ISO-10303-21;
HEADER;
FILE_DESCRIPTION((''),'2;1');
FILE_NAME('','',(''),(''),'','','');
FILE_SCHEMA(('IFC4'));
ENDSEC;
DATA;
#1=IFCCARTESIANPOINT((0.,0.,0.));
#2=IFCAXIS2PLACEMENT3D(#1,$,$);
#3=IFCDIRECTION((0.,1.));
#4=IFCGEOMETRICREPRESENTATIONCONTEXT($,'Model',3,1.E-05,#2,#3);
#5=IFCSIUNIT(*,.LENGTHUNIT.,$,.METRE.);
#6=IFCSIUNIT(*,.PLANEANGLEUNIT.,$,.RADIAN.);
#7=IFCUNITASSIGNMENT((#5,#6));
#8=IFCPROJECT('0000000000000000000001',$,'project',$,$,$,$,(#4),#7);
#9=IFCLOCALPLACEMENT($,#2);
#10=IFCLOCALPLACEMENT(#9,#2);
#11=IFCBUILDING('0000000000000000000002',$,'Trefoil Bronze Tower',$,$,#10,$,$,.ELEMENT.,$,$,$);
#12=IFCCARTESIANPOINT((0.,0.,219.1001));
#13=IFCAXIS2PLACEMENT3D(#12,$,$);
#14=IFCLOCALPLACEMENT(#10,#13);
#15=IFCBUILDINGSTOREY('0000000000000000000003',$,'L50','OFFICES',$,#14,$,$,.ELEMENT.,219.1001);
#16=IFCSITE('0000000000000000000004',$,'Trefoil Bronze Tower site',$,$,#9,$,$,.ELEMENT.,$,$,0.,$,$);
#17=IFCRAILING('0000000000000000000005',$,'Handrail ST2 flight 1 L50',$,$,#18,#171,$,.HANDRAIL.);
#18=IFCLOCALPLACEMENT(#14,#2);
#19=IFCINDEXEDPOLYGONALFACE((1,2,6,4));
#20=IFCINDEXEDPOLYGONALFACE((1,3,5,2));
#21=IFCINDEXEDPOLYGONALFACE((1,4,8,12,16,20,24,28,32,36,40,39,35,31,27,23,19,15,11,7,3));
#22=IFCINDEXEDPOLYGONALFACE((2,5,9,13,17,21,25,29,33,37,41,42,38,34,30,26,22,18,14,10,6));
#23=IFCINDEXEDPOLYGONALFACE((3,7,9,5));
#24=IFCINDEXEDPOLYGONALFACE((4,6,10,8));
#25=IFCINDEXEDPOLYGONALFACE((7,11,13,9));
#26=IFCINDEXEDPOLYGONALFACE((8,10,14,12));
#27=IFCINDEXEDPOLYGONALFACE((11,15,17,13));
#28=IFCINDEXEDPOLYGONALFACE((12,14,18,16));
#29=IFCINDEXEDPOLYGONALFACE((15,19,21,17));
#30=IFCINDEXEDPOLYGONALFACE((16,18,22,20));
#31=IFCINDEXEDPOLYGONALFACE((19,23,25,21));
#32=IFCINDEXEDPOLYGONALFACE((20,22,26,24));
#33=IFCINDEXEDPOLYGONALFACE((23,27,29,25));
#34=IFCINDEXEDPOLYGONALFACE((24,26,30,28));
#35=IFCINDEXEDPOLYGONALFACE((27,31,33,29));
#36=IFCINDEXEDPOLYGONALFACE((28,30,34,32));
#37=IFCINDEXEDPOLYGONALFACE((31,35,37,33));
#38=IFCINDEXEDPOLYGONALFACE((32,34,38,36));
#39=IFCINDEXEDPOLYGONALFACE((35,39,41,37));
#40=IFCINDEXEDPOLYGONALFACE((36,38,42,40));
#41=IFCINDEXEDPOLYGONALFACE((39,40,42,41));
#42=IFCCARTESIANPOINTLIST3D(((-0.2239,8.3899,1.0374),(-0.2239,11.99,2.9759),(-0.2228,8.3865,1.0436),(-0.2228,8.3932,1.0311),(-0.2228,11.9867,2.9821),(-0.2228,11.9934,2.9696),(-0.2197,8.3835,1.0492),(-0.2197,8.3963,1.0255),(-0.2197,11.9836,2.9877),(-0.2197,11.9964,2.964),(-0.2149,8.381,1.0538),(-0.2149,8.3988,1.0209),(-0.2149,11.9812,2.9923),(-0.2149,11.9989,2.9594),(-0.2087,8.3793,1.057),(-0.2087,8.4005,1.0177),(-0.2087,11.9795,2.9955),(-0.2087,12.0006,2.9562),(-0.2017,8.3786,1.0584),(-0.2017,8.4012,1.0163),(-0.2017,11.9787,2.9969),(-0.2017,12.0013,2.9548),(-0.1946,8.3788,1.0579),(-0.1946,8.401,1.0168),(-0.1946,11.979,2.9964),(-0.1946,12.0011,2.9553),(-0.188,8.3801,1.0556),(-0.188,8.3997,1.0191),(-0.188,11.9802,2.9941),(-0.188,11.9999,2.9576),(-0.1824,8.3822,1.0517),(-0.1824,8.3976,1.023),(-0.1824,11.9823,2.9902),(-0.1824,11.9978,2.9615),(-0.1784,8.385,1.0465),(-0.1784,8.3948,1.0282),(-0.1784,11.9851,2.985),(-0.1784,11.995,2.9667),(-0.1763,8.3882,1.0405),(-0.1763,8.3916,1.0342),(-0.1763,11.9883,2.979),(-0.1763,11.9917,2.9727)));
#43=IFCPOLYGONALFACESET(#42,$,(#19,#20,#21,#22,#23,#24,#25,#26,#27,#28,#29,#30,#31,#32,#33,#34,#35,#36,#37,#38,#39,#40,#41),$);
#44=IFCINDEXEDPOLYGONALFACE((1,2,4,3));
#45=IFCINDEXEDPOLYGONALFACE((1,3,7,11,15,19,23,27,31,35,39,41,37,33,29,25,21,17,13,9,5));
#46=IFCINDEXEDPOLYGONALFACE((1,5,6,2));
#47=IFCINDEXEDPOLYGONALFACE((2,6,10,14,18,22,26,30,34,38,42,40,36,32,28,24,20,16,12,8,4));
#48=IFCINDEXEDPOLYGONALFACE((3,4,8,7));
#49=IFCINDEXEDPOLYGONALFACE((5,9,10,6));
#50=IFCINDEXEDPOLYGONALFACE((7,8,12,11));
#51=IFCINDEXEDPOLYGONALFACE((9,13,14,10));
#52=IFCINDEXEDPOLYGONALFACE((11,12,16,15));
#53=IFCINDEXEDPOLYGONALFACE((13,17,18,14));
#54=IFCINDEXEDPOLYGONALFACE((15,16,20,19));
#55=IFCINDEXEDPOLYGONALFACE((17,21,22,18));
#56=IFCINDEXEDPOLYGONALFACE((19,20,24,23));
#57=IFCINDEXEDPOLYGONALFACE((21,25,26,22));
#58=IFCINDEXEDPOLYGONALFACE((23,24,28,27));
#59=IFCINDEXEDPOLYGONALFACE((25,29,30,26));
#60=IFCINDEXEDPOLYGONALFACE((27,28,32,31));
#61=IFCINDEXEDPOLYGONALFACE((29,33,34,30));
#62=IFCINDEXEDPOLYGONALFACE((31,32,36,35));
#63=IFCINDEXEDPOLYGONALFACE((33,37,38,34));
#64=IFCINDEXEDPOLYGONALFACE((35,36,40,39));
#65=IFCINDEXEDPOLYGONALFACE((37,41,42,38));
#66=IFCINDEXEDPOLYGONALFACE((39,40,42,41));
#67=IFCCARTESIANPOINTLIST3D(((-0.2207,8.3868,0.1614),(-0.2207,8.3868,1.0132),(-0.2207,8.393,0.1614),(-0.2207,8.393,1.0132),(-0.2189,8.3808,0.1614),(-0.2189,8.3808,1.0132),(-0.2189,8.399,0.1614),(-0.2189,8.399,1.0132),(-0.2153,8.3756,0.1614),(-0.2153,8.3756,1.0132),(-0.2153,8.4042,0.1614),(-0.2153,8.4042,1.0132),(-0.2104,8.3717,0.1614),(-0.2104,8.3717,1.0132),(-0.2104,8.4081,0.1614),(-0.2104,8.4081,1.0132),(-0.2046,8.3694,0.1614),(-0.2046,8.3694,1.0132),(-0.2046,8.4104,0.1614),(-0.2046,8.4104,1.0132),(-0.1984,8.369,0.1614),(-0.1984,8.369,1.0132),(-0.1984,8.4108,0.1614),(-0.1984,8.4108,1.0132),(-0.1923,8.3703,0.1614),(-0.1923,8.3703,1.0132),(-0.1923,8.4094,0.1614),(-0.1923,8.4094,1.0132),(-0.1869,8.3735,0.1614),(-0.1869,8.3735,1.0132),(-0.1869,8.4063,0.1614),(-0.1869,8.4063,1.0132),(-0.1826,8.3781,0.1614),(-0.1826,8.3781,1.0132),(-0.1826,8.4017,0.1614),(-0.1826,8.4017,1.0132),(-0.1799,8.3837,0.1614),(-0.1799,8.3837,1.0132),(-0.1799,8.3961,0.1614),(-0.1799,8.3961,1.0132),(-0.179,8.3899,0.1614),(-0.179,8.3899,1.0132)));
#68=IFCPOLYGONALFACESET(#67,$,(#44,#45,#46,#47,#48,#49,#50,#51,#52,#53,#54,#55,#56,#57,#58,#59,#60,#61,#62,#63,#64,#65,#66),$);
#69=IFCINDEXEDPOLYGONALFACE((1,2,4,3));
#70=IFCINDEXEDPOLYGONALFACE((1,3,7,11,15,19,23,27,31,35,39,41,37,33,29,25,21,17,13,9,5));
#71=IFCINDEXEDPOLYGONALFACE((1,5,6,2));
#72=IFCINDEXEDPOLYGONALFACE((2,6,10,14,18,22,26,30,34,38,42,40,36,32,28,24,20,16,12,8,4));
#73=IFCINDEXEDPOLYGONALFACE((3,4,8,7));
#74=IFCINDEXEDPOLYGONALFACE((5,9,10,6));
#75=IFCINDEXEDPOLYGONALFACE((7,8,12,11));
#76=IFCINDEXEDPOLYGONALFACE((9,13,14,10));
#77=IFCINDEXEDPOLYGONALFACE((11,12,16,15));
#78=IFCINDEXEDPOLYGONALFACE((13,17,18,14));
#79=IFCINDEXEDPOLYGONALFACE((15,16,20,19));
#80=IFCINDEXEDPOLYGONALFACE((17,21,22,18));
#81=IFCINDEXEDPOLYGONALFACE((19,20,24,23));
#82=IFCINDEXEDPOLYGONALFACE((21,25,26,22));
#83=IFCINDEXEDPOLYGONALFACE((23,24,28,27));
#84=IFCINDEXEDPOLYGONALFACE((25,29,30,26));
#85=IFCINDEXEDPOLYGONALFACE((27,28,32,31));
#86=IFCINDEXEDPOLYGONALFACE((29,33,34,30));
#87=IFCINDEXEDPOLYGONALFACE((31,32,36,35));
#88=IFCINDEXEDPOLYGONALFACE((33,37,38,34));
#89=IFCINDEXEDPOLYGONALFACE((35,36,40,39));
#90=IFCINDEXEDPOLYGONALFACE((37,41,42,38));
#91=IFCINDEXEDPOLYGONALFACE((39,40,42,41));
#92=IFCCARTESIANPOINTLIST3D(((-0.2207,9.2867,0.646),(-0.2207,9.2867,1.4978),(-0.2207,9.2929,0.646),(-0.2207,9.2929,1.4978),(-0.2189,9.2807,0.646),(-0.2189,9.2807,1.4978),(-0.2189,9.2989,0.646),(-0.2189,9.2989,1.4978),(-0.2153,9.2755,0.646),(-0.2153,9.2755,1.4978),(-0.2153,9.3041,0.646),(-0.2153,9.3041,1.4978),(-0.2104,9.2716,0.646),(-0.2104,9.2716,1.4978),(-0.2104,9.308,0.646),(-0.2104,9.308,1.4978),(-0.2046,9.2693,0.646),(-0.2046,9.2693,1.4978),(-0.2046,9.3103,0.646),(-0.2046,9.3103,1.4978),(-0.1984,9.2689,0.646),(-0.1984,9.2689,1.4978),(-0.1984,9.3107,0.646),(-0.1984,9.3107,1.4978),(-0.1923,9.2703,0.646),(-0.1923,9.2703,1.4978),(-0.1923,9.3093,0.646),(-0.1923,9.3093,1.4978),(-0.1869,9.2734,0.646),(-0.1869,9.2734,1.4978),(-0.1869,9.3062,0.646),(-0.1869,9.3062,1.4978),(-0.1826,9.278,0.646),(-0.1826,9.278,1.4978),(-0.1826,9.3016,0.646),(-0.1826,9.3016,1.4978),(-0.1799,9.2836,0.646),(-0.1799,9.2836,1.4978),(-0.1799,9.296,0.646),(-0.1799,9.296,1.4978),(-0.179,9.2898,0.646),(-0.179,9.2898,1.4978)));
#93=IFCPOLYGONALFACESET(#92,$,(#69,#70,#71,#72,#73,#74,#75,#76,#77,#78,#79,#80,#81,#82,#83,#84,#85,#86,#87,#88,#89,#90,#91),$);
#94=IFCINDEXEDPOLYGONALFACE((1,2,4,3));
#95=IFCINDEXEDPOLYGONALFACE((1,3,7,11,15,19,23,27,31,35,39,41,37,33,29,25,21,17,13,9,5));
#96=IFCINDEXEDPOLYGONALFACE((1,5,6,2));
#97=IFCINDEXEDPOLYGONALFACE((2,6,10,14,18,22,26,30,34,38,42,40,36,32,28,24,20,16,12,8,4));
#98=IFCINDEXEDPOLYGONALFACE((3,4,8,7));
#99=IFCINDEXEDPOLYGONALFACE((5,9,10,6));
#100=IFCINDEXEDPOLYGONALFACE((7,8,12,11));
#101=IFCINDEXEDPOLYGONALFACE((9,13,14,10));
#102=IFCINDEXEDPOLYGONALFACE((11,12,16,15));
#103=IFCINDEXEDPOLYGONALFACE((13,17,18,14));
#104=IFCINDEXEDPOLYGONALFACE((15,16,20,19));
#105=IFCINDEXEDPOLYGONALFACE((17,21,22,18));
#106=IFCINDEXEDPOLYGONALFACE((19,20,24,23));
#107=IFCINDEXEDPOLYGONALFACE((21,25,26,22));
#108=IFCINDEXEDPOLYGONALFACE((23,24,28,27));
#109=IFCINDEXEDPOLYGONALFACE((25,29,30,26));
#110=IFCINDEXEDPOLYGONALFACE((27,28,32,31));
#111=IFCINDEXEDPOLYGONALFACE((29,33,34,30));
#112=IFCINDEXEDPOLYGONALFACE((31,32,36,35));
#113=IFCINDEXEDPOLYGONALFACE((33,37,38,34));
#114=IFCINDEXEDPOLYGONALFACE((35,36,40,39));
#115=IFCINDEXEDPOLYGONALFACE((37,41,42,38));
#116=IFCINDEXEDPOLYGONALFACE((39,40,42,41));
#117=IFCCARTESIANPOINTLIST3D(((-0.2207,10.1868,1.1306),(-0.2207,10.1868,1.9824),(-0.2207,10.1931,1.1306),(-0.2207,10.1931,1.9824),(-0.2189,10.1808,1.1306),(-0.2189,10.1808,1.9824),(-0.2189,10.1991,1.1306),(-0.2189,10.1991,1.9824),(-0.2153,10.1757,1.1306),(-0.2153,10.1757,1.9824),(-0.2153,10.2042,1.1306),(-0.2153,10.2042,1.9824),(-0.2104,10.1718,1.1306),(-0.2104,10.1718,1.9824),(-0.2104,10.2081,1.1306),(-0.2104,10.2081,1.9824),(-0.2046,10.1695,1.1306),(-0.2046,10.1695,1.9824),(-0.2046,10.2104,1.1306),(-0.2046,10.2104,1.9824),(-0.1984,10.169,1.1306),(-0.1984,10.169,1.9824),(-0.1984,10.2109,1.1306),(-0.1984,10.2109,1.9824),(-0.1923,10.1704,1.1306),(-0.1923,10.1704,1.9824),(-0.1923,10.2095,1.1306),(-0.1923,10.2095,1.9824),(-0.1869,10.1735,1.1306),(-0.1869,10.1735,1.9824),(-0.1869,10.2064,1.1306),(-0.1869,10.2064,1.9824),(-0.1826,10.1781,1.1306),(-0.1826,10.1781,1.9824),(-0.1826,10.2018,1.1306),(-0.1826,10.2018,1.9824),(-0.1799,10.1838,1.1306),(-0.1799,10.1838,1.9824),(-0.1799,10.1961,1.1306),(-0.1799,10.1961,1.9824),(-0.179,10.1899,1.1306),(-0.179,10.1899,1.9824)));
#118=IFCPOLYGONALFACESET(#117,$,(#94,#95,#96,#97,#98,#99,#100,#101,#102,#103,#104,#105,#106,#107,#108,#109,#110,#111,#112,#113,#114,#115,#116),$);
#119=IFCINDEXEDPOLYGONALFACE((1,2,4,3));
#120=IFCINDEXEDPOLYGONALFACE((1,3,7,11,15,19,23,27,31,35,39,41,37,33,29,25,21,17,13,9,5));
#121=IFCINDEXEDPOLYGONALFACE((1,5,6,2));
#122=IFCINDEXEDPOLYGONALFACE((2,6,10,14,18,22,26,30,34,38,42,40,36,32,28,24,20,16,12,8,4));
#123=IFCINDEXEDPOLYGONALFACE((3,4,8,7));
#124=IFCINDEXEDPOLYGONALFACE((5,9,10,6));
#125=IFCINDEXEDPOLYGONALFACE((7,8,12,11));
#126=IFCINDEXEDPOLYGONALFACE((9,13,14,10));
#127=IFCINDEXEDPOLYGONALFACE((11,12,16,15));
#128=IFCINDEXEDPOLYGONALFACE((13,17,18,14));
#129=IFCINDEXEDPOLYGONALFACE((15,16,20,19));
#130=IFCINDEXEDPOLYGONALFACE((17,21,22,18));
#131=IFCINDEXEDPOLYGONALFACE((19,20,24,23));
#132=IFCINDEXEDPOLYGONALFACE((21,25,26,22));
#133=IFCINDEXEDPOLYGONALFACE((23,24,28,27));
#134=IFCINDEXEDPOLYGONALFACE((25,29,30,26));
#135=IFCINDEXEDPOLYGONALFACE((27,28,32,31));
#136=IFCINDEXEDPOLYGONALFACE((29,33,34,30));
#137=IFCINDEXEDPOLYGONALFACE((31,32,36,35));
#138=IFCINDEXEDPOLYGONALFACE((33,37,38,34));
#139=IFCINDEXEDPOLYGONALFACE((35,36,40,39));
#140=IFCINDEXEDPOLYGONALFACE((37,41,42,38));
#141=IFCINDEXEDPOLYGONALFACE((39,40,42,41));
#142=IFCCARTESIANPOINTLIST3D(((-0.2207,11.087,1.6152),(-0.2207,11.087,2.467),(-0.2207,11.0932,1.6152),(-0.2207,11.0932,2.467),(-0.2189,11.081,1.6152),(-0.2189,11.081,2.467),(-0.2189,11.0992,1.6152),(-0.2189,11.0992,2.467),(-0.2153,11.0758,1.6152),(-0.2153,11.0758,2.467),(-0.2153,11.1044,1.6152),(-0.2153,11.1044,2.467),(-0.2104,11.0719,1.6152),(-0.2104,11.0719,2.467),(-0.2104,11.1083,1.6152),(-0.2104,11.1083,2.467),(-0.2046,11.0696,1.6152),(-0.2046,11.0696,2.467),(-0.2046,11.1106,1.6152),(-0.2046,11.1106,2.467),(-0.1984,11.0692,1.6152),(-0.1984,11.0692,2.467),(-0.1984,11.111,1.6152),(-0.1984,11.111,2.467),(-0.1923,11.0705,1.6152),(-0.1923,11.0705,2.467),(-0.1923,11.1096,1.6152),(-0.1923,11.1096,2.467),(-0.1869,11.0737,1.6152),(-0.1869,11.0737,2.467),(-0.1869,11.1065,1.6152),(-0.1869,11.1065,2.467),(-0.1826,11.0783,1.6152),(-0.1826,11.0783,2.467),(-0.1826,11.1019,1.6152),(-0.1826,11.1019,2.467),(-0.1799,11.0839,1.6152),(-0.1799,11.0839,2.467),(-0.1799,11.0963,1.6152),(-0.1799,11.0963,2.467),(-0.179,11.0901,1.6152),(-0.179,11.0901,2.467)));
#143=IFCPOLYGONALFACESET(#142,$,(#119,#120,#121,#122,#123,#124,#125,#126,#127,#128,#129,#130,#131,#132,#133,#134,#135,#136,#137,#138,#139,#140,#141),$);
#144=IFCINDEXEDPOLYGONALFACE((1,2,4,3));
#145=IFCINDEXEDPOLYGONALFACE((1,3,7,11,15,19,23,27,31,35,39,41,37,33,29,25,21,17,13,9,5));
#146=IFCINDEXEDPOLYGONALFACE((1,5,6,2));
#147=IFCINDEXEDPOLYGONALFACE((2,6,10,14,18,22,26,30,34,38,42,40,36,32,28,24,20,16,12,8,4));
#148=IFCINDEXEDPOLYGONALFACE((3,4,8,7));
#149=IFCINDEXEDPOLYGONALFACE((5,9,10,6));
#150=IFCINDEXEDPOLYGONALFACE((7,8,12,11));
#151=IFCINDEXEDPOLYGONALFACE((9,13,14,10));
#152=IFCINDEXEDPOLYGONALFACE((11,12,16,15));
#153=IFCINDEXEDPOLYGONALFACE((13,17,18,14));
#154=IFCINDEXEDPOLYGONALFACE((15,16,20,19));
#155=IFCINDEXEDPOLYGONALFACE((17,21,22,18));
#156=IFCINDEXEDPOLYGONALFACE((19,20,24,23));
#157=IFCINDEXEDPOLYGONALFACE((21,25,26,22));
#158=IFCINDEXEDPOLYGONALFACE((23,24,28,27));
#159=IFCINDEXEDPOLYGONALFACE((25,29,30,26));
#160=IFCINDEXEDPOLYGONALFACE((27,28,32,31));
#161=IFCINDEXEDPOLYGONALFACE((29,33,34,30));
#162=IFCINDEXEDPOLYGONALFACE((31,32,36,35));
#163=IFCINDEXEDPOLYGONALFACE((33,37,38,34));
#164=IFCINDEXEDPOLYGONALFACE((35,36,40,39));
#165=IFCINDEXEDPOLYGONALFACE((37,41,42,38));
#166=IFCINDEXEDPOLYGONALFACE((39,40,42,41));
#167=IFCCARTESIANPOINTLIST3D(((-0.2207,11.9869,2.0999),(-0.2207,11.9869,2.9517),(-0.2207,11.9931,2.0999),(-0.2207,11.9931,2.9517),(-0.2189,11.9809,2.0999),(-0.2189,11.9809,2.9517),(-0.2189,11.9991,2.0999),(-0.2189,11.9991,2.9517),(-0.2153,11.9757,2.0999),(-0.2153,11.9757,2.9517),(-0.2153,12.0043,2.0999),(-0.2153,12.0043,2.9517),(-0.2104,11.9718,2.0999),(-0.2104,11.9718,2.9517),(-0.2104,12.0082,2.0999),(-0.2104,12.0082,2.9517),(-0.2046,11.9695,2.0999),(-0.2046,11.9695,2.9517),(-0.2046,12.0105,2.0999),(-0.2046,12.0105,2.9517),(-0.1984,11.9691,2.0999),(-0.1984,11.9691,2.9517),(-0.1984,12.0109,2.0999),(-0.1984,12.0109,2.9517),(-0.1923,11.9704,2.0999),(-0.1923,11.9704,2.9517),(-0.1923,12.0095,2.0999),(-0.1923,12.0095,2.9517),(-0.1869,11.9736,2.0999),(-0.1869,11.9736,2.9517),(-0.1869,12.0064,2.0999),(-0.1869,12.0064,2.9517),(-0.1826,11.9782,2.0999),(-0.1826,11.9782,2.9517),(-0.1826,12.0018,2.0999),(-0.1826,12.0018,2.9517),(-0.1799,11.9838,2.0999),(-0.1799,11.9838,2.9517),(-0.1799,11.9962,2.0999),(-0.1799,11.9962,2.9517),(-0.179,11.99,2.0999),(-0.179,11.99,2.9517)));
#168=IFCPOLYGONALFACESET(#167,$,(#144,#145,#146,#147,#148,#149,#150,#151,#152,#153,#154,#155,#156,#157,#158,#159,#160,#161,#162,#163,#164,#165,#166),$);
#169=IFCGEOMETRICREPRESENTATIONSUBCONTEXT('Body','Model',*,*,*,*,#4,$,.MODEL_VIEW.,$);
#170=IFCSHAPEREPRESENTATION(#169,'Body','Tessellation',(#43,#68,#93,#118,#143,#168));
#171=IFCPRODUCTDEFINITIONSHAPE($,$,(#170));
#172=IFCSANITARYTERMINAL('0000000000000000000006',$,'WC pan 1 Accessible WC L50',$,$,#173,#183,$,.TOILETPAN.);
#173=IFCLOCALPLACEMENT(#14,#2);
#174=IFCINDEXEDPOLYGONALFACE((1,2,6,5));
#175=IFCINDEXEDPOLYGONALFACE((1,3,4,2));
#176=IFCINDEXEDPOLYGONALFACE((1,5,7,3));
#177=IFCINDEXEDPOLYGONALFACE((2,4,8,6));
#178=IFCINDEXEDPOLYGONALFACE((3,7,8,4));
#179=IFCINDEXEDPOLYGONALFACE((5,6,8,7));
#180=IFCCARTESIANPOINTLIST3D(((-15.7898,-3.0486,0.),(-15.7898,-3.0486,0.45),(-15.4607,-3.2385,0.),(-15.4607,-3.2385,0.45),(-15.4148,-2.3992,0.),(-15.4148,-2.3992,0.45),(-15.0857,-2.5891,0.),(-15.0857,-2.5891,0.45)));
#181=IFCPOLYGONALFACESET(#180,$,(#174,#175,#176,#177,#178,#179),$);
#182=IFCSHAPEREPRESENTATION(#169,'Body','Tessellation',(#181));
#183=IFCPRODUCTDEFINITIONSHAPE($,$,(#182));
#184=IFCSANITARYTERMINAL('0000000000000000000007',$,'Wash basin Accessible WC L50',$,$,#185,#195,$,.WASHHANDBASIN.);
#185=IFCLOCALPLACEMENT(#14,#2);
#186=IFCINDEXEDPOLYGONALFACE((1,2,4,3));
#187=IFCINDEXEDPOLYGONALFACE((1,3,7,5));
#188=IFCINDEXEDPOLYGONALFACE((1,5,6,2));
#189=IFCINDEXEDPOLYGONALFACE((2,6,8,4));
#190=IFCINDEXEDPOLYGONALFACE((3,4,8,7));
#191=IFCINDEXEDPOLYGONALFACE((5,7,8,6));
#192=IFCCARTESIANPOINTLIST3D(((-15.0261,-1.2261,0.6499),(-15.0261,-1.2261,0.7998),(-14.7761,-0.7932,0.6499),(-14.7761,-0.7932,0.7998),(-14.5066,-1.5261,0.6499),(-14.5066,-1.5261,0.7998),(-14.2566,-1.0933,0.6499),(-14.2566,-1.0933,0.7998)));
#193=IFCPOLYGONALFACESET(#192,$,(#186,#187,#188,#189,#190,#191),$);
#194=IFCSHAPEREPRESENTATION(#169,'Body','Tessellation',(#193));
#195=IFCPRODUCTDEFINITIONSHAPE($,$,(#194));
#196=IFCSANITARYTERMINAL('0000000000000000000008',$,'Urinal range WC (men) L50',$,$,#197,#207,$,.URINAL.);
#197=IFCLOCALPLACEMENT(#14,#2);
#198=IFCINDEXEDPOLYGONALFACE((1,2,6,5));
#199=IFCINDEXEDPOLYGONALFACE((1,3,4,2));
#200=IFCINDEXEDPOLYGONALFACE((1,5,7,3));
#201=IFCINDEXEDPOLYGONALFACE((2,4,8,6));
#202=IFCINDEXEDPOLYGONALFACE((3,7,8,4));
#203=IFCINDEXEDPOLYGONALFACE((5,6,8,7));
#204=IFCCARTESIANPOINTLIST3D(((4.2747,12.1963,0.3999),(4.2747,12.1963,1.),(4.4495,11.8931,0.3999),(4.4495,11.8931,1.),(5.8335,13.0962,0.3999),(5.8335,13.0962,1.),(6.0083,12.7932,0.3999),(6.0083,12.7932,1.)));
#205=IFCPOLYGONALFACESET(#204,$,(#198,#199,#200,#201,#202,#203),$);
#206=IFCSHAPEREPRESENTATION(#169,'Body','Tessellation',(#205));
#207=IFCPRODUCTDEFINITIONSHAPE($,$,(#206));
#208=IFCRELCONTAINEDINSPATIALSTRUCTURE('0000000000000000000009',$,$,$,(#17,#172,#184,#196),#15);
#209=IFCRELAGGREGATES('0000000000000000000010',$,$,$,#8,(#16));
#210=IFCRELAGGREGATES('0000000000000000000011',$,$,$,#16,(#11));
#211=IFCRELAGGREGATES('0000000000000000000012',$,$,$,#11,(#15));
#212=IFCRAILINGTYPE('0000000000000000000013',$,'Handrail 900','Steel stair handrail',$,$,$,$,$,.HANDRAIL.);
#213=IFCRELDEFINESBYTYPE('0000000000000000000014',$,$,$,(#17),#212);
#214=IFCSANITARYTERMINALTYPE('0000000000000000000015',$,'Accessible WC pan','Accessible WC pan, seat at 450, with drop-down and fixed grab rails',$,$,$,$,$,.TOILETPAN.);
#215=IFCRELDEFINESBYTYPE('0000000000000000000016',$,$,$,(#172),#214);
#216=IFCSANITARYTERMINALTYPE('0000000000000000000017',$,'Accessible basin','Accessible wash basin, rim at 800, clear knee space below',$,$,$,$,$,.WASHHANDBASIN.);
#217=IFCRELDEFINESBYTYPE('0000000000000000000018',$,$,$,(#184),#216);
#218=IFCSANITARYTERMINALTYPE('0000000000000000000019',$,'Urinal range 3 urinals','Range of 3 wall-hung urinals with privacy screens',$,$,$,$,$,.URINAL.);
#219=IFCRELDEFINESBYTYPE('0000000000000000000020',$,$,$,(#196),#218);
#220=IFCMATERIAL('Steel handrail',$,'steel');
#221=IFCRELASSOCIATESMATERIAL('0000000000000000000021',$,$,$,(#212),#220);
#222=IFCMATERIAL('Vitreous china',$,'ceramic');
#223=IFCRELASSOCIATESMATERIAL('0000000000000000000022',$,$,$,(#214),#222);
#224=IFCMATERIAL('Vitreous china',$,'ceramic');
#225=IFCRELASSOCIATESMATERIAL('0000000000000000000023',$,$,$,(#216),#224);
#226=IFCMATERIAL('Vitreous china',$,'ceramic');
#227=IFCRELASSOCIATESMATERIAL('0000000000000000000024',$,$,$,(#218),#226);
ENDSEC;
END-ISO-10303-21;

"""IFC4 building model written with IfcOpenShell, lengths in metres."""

from ifc_helpers import new_model, si_unit, direction, frame, origin, origin_2d, place, context, subcontext, project, spatial, polyline, circle, outline, extrude, material, type_object, element, save


model = new_model("IFC4")

# Units and contexts
model_context = context("Model", 3, precision=1e-05, world=origin(), true_north=direction((0.0, 1.0)))
body_context = subcontext(model_context, "Body", "Model", "MODEL_VIEW")
ifc_project = project(units=[si_unit("LENGTHUNIT", "METRE"), si_unit("PLANEANGLEUNIT", "RADIAN")], contexts=[model_context])

# Site, building, storey
site_placement = place(None, origin())
site = spatial("IfcSite", under=ifc_project, at=site_placement, Name="Trefoil Bronze Tower site", CompositionType="ELEMENT", RefElevation=0.0)
building_placement = place(site_placement, origin())
building = spatial("IfcBuilding", under=site, at=building_placement, Name="Trefoil Bronze Tower", CompositionType="ELEMENT")
storey_placement = place(building_placement, frame((0.0, 0.0, 219.1001)))
storey = spatial("IfcBuildingStorey", under=building, at=storey_placement, Name="L50", Description="OFFICES", CompositionType="ELEMENT", Elevation=219.1001)

# Railing
ifc_material_1 = material(Name="Steel handrail", Category="steel")
railing_type = type_object("IfcRailingType", Name="Handrail 900", Description="Steel stair handrail", PredefinedType="HANDRAIL", material=ifc_material_1)
railing_placement = place(storey_placement, frame((-0.2, 8.3899, 0.1614)))
element("IfcRailing", 1, at=railing_placement, inside=storey, type_object=railing_type, Name="Handrail ST2 flight 1 L50", PredefinedType="HANDRAIL", context=body_context, shape_type="SweptSolid", body=[
    extrude(circle(Radius=0.0239, at=origin_2d()), frame((0.0, 0.0, 0.876), z_axis=(0.0, 0.880475, 0.474093), x_axis=(-1.0, 0.0, 0.0)), (0.0, 0.0, 1.0), 4.0889),
    extrude(circle(Radius=0.021, at=origin_2d()), origin(), (0.0, 0.0, 1.0), 0.8518),
    extrude(circle(Radius=0.021, at=origin_2d()), frame((0.0, 0.8999, 0.4846)), (0.0, 0.0, 1.0), 0.8518),
    extrude(circle(Radius=0.021, at=origin_2d()), frame((0.0, 1.8, 0.9692)), (0.0, 0.0, 1.0), 0.8518),
    extrude(circle(Radius=0.021, at=origin_2d()), frame((0.0, 2.7002, 1.4539)), (0.0, 0.0, 1.0), 0.8518),
    extrude(circle(Radius=0.021, at=origin_2d()), frame((0.0, 3.6001, 1.9385)), (0.0, 0.0, 1.0), 0.8518),
])

# Sanitary terminals
ifc_material_2 = material(Name="Vitreous china", Category="ceramic")
sanitary_terminal_type_1 = type_object("IfcSanitaryTerminalType", Name="Accessible WC pan", Description="Accessible WC pan, seat at 450, with drop-down and fixed grab rails", PredefinedType="TOILETPAN", material=ifc_material_2)
sanitary_terminal_1_placement = place(storey_placement, origin())
element("IfcSanitaryTerminal", 2, at=sanitary_terminal_1_placement, inside=storey, type_object=sanitary_terminal_type_1, Name="WC pan 1 Accessible WC L50", PredefinedType="TOILETPAN", context=body_context, shape_type="SweptSolid", body=[
    extrude(outline(polyline([(-15.0857, -2.5891), (-15.4607, -3.2385), (-15.7898, -3.0486), (-15.4148, -2.3992), (-15.0857, -2.5891)])), origin(), (0.0, 0.0, 1.0), 0.45),
])
ifc_material_3 = material(Name="Vitreous china", Category="ceramic")
sanitary_terminal_type_2 = type_object("IfcSanitaryTerminalType", Name="Accessible basin", Description="Accessible wash basin, rim at 800, clear knee space below", PredefinedType="WASHHANDBASIN", material=ifc_material_3)
sanitary_terminal_2_placement = place(storey_placement, frame((0.0, 0.0, 0.6499)))
element("IfcSanitaryTerminal", 3, at=sanitary_terminal_2_placement, inside=storey, type_object=sanitary_terminal_type_2, Name="Wash basin Accessible WC L50", PredefinedType="WASHHANDBASIN", context=body_context, shape_type="SweptSolid", body=[
    extrude(outline(polyline([(-14.2566, -1.0933), (-14.5066, -1.5261), (-15.0261, -1.2261), (-14.7761, -0.7932), (-14.2566, -1.0933)])), origin(), (0.0, 0.0, 1.0), 0.1499),
])
ifc_material_4 = material(Name="Vitreous china", Category="ceramic")
sanitary_terminal_type_3 = type_object("IfcSanitaryTerminalType", Name="Urinal range 3 urinals", Description="Range of 3 wall-hung urinals with privacy screens", PredefinedType="URINAL", material=ifc_material_4)
sanitary_terminal_3_placement = place(storey_placement, frame((0.0, 0.0, 0.3999)))
element("IfcSanitaryTerminal", 4, at=sanitary_terminal_3_placement, inside=storey, type_object=sanitary_terminal_type_3, Name="Urinal range WC (men) L50", PredefinedType="URINAL", context=body_context, shape_type="SweptSolid", body=[
    extrude(outline(polyline([(4.4495, 11.8931), (4.2747, 12.1963), (5.8335, 13.0962), (6.0083, 12.7932), (4.4495, 11.8931)])), origin(), (0.0, 0.0, 1.0), 0.6001),
])

save(model, "model.ifc")
